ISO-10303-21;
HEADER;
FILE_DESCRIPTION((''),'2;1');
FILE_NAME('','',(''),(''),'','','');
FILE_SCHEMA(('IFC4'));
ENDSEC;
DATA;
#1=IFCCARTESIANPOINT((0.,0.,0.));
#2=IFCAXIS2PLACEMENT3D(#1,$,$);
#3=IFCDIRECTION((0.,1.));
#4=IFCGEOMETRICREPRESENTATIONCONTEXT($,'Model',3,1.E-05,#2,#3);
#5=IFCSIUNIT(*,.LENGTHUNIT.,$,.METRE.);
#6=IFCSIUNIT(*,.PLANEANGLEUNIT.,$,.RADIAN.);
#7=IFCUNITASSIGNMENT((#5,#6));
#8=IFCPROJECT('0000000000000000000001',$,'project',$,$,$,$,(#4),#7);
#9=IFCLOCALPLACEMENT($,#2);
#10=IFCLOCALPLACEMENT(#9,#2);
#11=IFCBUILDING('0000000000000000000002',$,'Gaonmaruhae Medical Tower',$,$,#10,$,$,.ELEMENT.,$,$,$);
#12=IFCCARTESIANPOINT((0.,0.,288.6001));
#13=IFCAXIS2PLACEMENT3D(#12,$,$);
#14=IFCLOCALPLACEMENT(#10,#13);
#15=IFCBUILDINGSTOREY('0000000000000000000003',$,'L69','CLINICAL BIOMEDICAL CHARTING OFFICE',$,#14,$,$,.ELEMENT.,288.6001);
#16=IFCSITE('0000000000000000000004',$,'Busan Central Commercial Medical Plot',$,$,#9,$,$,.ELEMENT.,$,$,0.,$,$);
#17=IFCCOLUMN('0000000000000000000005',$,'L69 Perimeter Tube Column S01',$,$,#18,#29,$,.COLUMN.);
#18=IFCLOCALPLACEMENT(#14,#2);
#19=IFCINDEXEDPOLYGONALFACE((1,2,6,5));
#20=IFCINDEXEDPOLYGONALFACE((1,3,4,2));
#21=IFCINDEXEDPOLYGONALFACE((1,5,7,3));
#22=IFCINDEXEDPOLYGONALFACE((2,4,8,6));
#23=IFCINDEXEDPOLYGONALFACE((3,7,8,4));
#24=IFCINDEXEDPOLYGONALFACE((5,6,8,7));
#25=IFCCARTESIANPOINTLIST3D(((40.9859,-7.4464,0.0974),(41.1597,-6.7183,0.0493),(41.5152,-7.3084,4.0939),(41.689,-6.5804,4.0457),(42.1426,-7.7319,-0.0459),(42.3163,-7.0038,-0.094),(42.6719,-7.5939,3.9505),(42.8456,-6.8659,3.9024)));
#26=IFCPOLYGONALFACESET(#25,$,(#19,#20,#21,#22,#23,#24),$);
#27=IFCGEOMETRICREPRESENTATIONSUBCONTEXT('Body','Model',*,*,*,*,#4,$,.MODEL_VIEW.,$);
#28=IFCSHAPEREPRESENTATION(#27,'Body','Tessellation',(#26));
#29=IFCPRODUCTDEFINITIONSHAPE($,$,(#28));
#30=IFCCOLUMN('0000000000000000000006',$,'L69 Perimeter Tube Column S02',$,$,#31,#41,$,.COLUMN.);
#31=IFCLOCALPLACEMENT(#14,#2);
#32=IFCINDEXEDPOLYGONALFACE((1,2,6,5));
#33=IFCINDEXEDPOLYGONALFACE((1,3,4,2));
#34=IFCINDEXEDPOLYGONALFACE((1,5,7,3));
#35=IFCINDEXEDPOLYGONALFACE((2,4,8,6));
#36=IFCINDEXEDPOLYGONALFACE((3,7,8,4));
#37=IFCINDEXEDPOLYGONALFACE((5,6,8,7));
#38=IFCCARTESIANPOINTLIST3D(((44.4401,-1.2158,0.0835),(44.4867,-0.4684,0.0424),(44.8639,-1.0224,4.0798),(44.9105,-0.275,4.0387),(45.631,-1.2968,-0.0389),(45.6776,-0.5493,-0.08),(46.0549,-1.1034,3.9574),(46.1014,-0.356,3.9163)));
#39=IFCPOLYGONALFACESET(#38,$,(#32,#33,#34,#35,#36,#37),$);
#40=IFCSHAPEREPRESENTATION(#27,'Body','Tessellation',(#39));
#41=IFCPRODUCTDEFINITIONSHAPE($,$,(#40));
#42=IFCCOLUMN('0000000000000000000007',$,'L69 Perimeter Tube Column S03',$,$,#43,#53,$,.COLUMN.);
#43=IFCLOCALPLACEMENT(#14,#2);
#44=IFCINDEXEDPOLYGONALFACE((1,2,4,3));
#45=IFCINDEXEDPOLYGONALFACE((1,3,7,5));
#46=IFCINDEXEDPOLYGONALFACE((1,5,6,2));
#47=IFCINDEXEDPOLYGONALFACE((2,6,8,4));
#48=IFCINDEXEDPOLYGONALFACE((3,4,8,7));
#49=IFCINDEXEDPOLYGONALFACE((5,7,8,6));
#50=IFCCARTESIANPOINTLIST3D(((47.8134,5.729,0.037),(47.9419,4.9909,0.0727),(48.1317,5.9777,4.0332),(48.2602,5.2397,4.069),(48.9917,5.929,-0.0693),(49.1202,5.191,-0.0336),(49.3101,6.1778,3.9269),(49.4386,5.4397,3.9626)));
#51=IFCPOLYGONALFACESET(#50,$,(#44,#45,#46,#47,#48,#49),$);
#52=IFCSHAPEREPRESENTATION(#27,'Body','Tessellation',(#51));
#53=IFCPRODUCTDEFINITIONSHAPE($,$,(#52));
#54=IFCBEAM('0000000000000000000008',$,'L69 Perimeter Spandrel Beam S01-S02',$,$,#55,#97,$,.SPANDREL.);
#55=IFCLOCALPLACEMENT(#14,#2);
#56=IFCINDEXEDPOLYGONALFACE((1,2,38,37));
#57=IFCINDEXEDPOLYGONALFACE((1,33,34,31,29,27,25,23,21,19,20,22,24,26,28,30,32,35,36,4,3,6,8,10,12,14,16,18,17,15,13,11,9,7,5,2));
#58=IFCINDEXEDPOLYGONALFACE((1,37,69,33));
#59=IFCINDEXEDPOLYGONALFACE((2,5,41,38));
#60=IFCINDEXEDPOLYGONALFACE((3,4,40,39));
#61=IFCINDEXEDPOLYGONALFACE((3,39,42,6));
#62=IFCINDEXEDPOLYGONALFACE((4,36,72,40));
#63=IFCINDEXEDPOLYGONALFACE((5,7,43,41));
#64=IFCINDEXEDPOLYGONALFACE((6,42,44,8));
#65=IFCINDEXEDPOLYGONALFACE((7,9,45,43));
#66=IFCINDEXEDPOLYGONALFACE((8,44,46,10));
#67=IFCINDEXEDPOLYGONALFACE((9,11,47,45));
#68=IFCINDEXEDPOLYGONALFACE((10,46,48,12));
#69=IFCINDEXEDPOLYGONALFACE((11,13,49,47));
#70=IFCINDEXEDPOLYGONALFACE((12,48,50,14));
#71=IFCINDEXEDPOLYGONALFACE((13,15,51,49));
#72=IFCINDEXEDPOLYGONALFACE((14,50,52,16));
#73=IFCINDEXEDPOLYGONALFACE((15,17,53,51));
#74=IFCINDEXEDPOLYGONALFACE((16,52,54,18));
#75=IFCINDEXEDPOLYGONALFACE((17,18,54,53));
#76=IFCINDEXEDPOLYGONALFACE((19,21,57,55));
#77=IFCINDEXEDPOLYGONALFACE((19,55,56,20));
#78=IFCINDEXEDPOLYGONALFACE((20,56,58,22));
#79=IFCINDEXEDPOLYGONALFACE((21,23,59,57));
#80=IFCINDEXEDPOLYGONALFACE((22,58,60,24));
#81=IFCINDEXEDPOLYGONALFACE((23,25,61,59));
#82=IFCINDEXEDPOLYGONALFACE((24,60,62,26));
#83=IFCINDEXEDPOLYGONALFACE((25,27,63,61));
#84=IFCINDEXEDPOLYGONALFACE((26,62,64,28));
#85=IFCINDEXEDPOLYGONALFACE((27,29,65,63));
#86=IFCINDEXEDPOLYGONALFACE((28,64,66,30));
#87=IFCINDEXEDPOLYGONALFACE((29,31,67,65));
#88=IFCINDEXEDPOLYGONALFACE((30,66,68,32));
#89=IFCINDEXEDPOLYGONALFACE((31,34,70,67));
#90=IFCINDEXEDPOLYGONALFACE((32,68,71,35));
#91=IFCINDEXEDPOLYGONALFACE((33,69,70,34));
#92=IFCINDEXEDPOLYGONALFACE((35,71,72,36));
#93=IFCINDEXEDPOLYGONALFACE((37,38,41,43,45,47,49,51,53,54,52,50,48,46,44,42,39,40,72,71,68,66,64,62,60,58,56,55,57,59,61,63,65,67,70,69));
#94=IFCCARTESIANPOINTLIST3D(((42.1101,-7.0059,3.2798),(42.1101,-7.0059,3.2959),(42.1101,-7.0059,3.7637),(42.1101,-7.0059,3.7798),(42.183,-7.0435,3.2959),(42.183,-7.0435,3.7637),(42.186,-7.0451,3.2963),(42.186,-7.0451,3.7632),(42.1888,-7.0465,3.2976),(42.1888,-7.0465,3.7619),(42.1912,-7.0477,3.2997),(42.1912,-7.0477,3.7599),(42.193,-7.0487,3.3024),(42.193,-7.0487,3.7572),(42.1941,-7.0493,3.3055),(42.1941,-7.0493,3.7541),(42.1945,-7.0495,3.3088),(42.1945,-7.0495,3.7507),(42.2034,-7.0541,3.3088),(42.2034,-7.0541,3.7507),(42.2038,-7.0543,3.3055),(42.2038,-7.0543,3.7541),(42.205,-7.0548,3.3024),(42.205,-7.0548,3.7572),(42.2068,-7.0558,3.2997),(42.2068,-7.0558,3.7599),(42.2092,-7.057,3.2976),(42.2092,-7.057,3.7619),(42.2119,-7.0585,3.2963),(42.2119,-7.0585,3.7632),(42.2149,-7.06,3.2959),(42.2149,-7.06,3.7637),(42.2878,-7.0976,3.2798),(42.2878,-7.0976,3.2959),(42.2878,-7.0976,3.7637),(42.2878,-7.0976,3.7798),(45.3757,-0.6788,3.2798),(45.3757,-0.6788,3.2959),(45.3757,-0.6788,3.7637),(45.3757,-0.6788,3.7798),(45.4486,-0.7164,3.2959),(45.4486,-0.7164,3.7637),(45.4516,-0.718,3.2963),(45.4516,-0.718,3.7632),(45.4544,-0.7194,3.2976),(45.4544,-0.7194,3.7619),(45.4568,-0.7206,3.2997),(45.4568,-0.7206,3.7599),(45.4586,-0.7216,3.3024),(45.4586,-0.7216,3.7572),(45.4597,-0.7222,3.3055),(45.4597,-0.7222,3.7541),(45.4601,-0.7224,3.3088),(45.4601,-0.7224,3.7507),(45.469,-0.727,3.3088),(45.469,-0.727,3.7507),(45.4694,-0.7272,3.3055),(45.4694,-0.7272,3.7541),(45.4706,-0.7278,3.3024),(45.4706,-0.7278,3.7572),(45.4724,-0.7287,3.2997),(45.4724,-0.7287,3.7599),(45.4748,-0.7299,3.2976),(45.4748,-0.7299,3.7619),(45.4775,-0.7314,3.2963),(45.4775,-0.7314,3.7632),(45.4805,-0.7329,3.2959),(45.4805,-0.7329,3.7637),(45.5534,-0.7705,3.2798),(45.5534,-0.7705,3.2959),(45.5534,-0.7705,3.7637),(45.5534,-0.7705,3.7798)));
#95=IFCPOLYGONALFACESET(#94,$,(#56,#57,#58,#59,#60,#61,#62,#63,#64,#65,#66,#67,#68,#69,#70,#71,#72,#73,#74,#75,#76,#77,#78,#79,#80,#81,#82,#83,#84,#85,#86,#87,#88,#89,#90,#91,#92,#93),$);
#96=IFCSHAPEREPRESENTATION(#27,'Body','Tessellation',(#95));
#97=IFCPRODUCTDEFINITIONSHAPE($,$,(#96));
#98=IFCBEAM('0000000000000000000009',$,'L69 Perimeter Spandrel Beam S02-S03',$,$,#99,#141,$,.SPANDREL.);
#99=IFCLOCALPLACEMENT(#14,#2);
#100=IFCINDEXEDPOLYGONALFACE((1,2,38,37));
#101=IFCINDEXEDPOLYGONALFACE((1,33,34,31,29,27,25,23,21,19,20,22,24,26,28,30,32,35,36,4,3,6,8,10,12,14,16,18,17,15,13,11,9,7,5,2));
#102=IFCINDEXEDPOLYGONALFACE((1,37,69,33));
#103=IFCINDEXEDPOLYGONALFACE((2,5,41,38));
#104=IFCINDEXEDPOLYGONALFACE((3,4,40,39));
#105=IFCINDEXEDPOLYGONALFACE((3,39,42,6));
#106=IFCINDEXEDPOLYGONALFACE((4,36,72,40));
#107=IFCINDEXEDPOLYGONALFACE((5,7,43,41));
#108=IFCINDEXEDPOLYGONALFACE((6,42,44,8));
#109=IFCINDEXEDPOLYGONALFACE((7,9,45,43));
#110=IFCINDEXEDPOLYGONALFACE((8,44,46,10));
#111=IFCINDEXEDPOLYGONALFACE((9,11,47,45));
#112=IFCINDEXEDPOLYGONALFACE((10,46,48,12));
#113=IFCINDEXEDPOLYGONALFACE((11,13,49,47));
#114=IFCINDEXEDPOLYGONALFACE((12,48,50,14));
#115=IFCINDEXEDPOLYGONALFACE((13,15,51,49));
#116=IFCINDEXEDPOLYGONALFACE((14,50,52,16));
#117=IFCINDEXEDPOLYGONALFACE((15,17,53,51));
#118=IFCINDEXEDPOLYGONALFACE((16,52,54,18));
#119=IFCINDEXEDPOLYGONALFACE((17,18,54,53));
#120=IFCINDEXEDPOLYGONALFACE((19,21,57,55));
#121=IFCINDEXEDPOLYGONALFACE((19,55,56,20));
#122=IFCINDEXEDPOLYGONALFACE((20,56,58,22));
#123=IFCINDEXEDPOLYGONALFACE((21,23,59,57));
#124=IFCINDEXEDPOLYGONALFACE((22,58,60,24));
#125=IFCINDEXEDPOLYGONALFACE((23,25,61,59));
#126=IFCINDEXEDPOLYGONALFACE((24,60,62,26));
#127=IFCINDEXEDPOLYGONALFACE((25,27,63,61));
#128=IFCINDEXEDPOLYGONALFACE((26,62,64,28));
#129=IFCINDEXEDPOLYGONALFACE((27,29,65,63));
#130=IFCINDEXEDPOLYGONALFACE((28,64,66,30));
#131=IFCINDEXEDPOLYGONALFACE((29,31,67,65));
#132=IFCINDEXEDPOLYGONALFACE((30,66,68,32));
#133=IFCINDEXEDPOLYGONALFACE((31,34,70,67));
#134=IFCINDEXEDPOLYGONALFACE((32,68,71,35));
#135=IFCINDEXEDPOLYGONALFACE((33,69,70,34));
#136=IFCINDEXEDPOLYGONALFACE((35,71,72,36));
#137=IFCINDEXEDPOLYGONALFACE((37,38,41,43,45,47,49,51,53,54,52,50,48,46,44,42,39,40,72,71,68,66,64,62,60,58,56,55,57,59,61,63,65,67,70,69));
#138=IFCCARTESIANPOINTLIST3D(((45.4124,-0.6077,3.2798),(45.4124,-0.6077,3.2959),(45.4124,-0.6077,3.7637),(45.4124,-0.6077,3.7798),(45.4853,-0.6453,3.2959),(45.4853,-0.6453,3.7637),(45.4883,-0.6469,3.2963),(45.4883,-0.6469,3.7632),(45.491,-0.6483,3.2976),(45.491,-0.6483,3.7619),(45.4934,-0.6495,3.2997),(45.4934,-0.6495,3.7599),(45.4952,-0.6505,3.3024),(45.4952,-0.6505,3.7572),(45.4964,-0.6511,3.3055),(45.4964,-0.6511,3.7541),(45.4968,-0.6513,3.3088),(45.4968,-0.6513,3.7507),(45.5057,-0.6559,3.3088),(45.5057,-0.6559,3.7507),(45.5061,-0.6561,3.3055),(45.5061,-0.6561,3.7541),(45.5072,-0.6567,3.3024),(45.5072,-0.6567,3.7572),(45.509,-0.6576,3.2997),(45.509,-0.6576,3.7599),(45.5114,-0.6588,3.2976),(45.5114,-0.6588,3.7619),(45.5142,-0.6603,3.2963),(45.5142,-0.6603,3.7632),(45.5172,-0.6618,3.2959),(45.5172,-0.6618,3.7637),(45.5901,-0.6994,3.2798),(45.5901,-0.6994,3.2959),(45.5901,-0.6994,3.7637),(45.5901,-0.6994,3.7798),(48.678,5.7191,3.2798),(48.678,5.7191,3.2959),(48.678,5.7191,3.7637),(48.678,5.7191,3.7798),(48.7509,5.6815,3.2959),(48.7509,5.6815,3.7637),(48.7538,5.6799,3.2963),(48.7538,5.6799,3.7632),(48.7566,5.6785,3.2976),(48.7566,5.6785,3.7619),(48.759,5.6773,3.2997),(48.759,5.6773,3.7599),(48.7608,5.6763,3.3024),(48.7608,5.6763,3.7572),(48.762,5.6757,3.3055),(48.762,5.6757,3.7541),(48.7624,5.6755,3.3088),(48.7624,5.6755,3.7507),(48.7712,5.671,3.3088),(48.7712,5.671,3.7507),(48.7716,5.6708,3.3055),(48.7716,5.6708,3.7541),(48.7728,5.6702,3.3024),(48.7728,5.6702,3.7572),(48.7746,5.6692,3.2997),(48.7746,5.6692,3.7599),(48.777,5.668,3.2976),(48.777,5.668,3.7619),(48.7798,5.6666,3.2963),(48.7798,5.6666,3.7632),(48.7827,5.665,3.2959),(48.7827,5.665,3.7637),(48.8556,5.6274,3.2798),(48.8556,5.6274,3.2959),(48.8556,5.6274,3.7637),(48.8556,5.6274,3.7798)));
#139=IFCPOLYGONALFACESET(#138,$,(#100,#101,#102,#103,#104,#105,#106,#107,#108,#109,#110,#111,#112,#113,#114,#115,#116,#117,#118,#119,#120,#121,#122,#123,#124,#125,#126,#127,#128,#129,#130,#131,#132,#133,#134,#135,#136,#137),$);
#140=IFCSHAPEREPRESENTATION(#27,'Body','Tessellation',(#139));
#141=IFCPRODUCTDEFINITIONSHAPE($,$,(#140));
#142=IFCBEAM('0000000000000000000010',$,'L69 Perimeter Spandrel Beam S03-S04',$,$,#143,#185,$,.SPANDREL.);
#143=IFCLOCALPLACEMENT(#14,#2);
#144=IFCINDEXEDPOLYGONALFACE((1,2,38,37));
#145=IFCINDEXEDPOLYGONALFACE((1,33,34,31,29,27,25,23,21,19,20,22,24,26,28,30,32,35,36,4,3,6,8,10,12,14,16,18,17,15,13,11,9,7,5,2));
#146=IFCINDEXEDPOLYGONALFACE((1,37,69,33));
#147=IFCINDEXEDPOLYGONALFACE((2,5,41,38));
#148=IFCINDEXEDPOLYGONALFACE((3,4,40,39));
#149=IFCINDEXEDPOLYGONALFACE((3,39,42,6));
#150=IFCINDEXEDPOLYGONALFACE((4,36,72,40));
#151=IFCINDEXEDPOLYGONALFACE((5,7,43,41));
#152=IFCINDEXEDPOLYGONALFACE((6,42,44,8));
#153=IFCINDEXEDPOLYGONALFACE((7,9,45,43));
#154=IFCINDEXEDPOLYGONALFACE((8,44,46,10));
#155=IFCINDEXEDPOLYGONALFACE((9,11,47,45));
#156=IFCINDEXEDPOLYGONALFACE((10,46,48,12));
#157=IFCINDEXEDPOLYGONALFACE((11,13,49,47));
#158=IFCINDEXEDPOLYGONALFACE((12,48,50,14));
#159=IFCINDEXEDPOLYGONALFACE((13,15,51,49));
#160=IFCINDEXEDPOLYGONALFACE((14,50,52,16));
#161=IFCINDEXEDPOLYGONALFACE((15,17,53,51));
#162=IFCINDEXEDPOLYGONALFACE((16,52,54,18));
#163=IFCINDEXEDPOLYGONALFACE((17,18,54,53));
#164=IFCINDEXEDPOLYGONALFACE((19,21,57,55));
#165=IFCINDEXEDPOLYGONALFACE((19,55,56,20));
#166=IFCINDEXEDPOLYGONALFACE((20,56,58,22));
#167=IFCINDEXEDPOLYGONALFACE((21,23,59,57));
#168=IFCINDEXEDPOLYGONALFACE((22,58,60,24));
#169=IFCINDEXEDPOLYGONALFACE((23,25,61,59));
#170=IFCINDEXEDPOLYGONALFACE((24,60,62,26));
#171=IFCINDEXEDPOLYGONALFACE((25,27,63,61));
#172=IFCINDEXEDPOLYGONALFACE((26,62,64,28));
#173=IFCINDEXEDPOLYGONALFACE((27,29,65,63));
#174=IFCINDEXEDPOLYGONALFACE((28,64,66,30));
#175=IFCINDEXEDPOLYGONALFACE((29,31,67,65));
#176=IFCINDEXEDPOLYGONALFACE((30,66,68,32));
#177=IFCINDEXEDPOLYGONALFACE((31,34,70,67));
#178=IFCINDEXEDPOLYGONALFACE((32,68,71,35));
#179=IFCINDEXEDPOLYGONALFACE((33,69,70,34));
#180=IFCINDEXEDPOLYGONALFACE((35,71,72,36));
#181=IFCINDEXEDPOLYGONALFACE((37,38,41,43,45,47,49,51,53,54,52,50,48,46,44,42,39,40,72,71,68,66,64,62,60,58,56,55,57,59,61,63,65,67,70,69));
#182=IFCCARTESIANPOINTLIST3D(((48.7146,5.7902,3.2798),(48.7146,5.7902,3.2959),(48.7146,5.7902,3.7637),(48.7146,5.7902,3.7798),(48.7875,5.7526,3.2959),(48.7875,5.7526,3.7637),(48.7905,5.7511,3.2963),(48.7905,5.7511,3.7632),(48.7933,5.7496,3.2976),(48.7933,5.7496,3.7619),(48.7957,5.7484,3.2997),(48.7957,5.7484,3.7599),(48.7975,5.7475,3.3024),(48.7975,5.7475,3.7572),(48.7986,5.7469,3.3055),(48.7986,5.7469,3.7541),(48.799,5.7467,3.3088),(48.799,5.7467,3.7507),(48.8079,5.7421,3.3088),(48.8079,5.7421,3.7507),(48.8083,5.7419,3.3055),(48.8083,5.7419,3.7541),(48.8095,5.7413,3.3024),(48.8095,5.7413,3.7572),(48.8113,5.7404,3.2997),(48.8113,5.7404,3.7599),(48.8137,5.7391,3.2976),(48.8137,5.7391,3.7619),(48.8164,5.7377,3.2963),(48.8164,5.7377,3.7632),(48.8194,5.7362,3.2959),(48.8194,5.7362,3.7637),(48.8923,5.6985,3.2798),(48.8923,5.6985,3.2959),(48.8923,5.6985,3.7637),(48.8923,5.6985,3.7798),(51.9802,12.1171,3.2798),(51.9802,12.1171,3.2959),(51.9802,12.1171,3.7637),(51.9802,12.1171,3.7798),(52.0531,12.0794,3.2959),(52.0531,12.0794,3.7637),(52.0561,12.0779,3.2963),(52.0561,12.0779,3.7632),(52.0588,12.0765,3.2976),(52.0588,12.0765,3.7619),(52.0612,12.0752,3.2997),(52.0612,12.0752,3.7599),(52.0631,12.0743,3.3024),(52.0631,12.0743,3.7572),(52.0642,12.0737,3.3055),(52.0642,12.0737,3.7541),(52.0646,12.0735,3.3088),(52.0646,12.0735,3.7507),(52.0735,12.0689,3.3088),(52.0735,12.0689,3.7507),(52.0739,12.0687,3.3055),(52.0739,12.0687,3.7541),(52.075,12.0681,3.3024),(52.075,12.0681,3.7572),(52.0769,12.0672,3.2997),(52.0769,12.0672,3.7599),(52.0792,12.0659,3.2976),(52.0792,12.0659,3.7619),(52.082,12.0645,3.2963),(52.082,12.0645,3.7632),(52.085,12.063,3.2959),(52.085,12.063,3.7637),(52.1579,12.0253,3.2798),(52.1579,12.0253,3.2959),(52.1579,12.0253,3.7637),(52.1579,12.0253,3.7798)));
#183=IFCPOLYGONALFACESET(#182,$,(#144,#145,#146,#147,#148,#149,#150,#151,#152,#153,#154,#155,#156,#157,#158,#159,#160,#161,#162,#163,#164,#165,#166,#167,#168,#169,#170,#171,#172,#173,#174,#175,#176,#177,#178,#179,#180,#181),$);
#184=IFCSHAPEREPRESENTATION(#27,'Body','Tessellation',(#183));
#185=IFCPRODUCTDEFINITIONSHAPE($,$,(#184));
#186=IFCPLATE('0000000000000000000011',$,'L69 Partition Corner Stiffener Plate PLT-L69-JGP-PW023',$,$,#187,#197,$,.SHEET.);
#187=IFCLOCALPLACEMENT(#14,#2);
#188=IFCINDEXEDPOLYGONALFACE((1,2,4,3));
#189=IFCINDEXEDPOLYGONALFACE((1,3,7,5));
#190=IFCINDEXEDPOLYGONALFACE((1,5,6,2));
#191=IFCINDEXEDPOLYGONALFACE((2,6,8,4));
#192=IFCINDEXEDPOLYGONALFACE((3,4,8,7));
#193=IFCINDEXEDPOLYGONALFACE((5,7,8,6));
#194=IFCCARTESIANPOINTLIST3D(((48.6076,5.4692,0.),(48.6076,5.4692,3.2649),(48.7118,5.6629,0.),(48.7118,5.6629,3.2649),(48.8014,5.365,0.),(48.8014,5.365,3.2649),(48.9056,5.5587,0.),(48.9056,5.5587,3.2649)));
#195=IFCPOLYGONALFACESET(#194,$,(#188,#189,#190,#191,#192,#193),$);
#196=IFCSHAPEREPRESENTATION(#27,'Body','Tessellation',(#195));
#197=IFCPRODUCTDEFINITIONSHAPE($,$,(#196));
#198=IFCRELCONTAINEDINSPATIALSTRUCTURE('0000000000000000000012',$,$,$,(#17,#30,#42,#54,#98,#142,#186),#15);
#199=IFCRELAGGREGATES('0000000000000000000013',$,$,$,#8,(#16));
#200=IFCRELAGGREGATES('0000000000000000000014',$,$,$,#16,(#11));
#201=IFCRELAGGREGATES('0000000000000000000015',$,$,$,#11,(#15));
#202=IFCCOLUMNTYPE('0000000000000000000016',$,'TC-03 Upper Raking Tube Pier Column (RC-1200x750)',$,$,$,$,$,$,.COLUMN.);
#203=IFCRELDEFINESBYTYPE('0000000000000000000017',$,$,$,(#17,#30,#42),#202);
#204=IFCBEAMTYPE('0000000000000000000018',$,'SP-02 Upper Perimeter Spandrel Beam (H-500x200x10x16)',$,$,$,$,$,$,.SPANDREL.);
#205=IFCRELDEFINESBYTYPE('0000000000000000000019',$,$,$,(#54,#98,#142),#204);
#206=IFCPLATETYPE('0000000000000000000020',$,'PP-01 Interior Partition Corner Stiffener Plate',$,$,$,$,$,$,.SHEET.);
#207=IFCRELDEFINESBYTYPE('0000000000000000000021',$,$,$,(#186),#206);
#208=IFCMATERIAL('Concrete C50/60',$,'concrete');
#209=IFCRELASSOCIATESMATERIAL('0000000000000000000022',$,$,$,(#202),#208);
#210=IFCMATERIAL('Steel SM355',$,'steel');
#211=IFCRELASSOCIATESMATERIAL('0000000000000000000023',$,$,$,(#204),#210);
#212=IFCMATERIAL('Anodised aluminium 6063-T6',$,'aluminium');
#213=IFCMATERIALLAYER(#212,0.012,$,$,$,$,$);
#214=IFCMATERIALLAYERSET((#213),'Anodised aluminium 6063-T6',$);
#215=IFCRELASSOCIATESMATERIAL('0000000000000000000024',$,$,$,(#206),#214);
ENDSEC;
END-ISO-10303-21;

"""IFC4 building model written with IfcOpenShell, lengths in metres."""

from ifc_helpers import new_model, si_unit, direction, frame, origin, origin_2d, place, context, subcontext, project, spatial, rectangle, i_section, extrude, material, layer, layer_set, material_profile, profile_set, type_object, element, save


model = new_model("IFC4")

# Units and contexts
model_context = context("Model", 3, precision=1e-05, world=origin(), true_north=direction((0.0, 1.0)))
body_context = subcontext(model_context, "Body", "Model", "MODEL_VIEW")
ifc_project = project(units=[si_unit("LENGTHUNIT", "METRE"), si_unit("PLANEANGLEUNIT", "RADIAN")], contexts=[model_context])

# Site, building, storey
site_placement = place(None, origin())
site = spatial("IfcSite", under=ifc_project, at=site_placement, Name="Busan Central Commercial Medical Plot", CompositionType="ELEMENT", RefElevation=0.0)
building_placement = place(site_placement, origin())
building = spatial("IfcBuilding", under=site, at=building_placement, Name="Gaonmaruhae Medical Tower", CompositionType="ELEMENT")
storey_placement = place(building_placement, frame((0.0, 0.0, 288.6001)))
storey = spatial("IfcBuildingStorey", under=building, at=storey_placement, Name="L69", Description="CLINICAL BIOMEDICAL CHARTING OFFICE", CompositionType="ELEMENT", Elevation=288.6001)

# Columns
ifc_material_1 = material(Name="Concrete C50/60", Category="concrete")
ifc_material_profile_1 = material_profile(ifc_material_1, rectangle(XDim=1.2, YDim=0.75, at=origin_2d()), Name="RC-1200x750")
ifc_profile_set_1 = profile_set([ifc_material_profile_1], Name="Concrete C50/60")
column_type = type_object("IfcColumnType", Name="TC-03 Upper Raking Tube Pier Column (RC-1200x750)", PredefinedType="COLUMN", material=ifc_profile_set_1)
column_1_placement = place(storey_placement, frame((41.6511, -7.2251, 0.0017), z_axis=(0.131222, 0.034198, 0.990763), x_axis=(-0.96391, 0.237925, 0.119453)))
element("IfcColumn", 1, at=column_1_placement, inside=storey, type_object=column_type, Name="L69 Perimeter Tube Column S01", PredefinedType="COLUMN", context=body_context, shape_type="SweptSolid", body=[
    extrude(rectangle(XDim=1.2, YDim=0.75, at=origin_2d()), origin(), (0.0, 0.0, 1.0), 4.0337),
])
column_2_placement = place(storey_placement, frame((45.0588, -0.8826, 0.0017), z_axis=(0.105341, 0.048059, 0.993274), x_axis=(-0.992495, 0.067453, 0.101995)))
element("IfcColumn", 2, at=column_2_placement, inside=storey, type_object=column_type, Name="L69 Perimeter Tube Column S02", PredefinedType="COLUMN", context=body_context, shape_type="SweptSolid", body=[
    extrude(rectangle(XDim=1.2, YDim=0.75, at=origin_2d()), origin(), (0.0, 0.0, 1.0), 4.0234),
])
column_3_placement = place(storey_placement, frame((48.4668, 5.46, 0.0017), z_axis=(0.079259, 0.061936, 0.994928), x_axis=(-0.982019, -0.166694, 0.088607)))
element("IfcColumn", 3, at=column_3_placement, inside=storey, type_object=column_type, Name="L69 Perimeter Tube Column S03", PredefinedType="COLUMN", context=body_context, shape_type="SweptSolid", body=[
    extrude(rectangle(XDim=1.2, YDim=0.75, at=origin_2d()), origin(), (0.0, 0.0, 1.0), 4.0166),
])

# Beams
ifc_material_2 = material(Name="Steel SM355", Category="steel")
ifc_material_profile_2 = material_profile(ifc_material_2, i_section(OverallWidth=0.2, OverallDepth=0.5, WebThickness=0.01, FlangeThickness=0.0161, FilletRadius=0.0129, at=origin_2d()), Name="H-500x200x10x16")
ifc_profile_set_2 = profile_set([ifc_material_profile_2], Name="Steel SM355")
beam_type = type_object("IfcBeamType", Name="SP-02 Upper Perimeter Spandrel Beam (H-500x200x10x16)", PredefinedType="SPANDREL", material=ifc_profile_set_2)
beam_placement = place(storey_placement, frame((42.199, -7.0518, 3.5298), z_axis=(0.458643, 0.888621, 0.0), x_axis=(-0.888621, 0.458643, 0.0)))
element("IfcBeam", 4, at=beam_placement, inside=storey, type_object=beam_type, Name="L69 Perimeter Spandrel Beam S01-S02", PredefinedType="SPANDREL", context=body_context, shape_type="SweptSolid", body=[
    extrude(i_section(OverallWidth=0.2, OverallDepth=0.5, WebThickness=0.01, FlangeThickness=0.0161, FilletRadius=0.0129, at=origin_2d()), origin(), (0.0, 0.0, 1.0), 7.1201),
])
for number, where, z_axis, x_axis, name in (
    (5, (45.5012, -0.6536, 3.5298), (0.458657, 0.888613, 0.0), (-0.888613, 0.458657, 0.0), "L69 Perimeter Spandrel Beam S02-S03"),
    (6, (48.8035, 5.7444, 3.5298), (0.458657, 0.888613, 0.0), (-0.888613, 0.458657, 0.0), "L69 Perimeter Spandrel Beam S03-S04"),
):
    element("IfcBeam", number, at=place(storey_placement, frame(where, z_axis=z_axis, x_axis=x_axis)), inside=storey, type_object=beam_type, Name=name, PredefinedType="SPANDREL", context=body_context, shape_type="SweptSolid", body=[
        extrude(i_section(OverallWidth=0.2, OverallDepth=0.5, WebThickness=0.01, FlangeThickness=0.0161, FilletRadius=0.0129, at=origin_2d()), origin(), (0.0, 0.0, 1.0), 7.1199),
    ])

# Plate
ifc_material_3 = material(Name="Anodised aluminium 6063-T6", Category="aluminium")
ifc_layer_1 = layer(ifc_material_3, 0.012)
ifc_layer_set_1 = layer_set([ifc_layer_1], Name="Anodised aluminium 6063-T6")
plate_type = type_object("IfcPlateType", Name="PP-01 Interior Partition Corner Stiffener Plate", PredefinedType="SHEET", material=ifc_layer_set_1)
plate_placement = place(storey_placement, frame((48.7566, 5.5139, 0.0), z_axis=(0.0, 0.0, 1.0), x_axis=(-0.473719, -0.880676, 0.0)))
element("IfcPlate", 7, at=plate_placement, inside=storey, type_object=plate_type, Name="L69 Partition Corner Stiffener Plate PLT-L69-JGP-PW023", PredefinedType="SHEET", context=body_context, shape_type="SweptSolid", body=[
    extrude(rectangle(XDim=0.22, YDim=0.22, at=origin_2d()), origin(), (0.0, 0.0, 1.0), 3.2649),
])

save(model, "model.ifc")
